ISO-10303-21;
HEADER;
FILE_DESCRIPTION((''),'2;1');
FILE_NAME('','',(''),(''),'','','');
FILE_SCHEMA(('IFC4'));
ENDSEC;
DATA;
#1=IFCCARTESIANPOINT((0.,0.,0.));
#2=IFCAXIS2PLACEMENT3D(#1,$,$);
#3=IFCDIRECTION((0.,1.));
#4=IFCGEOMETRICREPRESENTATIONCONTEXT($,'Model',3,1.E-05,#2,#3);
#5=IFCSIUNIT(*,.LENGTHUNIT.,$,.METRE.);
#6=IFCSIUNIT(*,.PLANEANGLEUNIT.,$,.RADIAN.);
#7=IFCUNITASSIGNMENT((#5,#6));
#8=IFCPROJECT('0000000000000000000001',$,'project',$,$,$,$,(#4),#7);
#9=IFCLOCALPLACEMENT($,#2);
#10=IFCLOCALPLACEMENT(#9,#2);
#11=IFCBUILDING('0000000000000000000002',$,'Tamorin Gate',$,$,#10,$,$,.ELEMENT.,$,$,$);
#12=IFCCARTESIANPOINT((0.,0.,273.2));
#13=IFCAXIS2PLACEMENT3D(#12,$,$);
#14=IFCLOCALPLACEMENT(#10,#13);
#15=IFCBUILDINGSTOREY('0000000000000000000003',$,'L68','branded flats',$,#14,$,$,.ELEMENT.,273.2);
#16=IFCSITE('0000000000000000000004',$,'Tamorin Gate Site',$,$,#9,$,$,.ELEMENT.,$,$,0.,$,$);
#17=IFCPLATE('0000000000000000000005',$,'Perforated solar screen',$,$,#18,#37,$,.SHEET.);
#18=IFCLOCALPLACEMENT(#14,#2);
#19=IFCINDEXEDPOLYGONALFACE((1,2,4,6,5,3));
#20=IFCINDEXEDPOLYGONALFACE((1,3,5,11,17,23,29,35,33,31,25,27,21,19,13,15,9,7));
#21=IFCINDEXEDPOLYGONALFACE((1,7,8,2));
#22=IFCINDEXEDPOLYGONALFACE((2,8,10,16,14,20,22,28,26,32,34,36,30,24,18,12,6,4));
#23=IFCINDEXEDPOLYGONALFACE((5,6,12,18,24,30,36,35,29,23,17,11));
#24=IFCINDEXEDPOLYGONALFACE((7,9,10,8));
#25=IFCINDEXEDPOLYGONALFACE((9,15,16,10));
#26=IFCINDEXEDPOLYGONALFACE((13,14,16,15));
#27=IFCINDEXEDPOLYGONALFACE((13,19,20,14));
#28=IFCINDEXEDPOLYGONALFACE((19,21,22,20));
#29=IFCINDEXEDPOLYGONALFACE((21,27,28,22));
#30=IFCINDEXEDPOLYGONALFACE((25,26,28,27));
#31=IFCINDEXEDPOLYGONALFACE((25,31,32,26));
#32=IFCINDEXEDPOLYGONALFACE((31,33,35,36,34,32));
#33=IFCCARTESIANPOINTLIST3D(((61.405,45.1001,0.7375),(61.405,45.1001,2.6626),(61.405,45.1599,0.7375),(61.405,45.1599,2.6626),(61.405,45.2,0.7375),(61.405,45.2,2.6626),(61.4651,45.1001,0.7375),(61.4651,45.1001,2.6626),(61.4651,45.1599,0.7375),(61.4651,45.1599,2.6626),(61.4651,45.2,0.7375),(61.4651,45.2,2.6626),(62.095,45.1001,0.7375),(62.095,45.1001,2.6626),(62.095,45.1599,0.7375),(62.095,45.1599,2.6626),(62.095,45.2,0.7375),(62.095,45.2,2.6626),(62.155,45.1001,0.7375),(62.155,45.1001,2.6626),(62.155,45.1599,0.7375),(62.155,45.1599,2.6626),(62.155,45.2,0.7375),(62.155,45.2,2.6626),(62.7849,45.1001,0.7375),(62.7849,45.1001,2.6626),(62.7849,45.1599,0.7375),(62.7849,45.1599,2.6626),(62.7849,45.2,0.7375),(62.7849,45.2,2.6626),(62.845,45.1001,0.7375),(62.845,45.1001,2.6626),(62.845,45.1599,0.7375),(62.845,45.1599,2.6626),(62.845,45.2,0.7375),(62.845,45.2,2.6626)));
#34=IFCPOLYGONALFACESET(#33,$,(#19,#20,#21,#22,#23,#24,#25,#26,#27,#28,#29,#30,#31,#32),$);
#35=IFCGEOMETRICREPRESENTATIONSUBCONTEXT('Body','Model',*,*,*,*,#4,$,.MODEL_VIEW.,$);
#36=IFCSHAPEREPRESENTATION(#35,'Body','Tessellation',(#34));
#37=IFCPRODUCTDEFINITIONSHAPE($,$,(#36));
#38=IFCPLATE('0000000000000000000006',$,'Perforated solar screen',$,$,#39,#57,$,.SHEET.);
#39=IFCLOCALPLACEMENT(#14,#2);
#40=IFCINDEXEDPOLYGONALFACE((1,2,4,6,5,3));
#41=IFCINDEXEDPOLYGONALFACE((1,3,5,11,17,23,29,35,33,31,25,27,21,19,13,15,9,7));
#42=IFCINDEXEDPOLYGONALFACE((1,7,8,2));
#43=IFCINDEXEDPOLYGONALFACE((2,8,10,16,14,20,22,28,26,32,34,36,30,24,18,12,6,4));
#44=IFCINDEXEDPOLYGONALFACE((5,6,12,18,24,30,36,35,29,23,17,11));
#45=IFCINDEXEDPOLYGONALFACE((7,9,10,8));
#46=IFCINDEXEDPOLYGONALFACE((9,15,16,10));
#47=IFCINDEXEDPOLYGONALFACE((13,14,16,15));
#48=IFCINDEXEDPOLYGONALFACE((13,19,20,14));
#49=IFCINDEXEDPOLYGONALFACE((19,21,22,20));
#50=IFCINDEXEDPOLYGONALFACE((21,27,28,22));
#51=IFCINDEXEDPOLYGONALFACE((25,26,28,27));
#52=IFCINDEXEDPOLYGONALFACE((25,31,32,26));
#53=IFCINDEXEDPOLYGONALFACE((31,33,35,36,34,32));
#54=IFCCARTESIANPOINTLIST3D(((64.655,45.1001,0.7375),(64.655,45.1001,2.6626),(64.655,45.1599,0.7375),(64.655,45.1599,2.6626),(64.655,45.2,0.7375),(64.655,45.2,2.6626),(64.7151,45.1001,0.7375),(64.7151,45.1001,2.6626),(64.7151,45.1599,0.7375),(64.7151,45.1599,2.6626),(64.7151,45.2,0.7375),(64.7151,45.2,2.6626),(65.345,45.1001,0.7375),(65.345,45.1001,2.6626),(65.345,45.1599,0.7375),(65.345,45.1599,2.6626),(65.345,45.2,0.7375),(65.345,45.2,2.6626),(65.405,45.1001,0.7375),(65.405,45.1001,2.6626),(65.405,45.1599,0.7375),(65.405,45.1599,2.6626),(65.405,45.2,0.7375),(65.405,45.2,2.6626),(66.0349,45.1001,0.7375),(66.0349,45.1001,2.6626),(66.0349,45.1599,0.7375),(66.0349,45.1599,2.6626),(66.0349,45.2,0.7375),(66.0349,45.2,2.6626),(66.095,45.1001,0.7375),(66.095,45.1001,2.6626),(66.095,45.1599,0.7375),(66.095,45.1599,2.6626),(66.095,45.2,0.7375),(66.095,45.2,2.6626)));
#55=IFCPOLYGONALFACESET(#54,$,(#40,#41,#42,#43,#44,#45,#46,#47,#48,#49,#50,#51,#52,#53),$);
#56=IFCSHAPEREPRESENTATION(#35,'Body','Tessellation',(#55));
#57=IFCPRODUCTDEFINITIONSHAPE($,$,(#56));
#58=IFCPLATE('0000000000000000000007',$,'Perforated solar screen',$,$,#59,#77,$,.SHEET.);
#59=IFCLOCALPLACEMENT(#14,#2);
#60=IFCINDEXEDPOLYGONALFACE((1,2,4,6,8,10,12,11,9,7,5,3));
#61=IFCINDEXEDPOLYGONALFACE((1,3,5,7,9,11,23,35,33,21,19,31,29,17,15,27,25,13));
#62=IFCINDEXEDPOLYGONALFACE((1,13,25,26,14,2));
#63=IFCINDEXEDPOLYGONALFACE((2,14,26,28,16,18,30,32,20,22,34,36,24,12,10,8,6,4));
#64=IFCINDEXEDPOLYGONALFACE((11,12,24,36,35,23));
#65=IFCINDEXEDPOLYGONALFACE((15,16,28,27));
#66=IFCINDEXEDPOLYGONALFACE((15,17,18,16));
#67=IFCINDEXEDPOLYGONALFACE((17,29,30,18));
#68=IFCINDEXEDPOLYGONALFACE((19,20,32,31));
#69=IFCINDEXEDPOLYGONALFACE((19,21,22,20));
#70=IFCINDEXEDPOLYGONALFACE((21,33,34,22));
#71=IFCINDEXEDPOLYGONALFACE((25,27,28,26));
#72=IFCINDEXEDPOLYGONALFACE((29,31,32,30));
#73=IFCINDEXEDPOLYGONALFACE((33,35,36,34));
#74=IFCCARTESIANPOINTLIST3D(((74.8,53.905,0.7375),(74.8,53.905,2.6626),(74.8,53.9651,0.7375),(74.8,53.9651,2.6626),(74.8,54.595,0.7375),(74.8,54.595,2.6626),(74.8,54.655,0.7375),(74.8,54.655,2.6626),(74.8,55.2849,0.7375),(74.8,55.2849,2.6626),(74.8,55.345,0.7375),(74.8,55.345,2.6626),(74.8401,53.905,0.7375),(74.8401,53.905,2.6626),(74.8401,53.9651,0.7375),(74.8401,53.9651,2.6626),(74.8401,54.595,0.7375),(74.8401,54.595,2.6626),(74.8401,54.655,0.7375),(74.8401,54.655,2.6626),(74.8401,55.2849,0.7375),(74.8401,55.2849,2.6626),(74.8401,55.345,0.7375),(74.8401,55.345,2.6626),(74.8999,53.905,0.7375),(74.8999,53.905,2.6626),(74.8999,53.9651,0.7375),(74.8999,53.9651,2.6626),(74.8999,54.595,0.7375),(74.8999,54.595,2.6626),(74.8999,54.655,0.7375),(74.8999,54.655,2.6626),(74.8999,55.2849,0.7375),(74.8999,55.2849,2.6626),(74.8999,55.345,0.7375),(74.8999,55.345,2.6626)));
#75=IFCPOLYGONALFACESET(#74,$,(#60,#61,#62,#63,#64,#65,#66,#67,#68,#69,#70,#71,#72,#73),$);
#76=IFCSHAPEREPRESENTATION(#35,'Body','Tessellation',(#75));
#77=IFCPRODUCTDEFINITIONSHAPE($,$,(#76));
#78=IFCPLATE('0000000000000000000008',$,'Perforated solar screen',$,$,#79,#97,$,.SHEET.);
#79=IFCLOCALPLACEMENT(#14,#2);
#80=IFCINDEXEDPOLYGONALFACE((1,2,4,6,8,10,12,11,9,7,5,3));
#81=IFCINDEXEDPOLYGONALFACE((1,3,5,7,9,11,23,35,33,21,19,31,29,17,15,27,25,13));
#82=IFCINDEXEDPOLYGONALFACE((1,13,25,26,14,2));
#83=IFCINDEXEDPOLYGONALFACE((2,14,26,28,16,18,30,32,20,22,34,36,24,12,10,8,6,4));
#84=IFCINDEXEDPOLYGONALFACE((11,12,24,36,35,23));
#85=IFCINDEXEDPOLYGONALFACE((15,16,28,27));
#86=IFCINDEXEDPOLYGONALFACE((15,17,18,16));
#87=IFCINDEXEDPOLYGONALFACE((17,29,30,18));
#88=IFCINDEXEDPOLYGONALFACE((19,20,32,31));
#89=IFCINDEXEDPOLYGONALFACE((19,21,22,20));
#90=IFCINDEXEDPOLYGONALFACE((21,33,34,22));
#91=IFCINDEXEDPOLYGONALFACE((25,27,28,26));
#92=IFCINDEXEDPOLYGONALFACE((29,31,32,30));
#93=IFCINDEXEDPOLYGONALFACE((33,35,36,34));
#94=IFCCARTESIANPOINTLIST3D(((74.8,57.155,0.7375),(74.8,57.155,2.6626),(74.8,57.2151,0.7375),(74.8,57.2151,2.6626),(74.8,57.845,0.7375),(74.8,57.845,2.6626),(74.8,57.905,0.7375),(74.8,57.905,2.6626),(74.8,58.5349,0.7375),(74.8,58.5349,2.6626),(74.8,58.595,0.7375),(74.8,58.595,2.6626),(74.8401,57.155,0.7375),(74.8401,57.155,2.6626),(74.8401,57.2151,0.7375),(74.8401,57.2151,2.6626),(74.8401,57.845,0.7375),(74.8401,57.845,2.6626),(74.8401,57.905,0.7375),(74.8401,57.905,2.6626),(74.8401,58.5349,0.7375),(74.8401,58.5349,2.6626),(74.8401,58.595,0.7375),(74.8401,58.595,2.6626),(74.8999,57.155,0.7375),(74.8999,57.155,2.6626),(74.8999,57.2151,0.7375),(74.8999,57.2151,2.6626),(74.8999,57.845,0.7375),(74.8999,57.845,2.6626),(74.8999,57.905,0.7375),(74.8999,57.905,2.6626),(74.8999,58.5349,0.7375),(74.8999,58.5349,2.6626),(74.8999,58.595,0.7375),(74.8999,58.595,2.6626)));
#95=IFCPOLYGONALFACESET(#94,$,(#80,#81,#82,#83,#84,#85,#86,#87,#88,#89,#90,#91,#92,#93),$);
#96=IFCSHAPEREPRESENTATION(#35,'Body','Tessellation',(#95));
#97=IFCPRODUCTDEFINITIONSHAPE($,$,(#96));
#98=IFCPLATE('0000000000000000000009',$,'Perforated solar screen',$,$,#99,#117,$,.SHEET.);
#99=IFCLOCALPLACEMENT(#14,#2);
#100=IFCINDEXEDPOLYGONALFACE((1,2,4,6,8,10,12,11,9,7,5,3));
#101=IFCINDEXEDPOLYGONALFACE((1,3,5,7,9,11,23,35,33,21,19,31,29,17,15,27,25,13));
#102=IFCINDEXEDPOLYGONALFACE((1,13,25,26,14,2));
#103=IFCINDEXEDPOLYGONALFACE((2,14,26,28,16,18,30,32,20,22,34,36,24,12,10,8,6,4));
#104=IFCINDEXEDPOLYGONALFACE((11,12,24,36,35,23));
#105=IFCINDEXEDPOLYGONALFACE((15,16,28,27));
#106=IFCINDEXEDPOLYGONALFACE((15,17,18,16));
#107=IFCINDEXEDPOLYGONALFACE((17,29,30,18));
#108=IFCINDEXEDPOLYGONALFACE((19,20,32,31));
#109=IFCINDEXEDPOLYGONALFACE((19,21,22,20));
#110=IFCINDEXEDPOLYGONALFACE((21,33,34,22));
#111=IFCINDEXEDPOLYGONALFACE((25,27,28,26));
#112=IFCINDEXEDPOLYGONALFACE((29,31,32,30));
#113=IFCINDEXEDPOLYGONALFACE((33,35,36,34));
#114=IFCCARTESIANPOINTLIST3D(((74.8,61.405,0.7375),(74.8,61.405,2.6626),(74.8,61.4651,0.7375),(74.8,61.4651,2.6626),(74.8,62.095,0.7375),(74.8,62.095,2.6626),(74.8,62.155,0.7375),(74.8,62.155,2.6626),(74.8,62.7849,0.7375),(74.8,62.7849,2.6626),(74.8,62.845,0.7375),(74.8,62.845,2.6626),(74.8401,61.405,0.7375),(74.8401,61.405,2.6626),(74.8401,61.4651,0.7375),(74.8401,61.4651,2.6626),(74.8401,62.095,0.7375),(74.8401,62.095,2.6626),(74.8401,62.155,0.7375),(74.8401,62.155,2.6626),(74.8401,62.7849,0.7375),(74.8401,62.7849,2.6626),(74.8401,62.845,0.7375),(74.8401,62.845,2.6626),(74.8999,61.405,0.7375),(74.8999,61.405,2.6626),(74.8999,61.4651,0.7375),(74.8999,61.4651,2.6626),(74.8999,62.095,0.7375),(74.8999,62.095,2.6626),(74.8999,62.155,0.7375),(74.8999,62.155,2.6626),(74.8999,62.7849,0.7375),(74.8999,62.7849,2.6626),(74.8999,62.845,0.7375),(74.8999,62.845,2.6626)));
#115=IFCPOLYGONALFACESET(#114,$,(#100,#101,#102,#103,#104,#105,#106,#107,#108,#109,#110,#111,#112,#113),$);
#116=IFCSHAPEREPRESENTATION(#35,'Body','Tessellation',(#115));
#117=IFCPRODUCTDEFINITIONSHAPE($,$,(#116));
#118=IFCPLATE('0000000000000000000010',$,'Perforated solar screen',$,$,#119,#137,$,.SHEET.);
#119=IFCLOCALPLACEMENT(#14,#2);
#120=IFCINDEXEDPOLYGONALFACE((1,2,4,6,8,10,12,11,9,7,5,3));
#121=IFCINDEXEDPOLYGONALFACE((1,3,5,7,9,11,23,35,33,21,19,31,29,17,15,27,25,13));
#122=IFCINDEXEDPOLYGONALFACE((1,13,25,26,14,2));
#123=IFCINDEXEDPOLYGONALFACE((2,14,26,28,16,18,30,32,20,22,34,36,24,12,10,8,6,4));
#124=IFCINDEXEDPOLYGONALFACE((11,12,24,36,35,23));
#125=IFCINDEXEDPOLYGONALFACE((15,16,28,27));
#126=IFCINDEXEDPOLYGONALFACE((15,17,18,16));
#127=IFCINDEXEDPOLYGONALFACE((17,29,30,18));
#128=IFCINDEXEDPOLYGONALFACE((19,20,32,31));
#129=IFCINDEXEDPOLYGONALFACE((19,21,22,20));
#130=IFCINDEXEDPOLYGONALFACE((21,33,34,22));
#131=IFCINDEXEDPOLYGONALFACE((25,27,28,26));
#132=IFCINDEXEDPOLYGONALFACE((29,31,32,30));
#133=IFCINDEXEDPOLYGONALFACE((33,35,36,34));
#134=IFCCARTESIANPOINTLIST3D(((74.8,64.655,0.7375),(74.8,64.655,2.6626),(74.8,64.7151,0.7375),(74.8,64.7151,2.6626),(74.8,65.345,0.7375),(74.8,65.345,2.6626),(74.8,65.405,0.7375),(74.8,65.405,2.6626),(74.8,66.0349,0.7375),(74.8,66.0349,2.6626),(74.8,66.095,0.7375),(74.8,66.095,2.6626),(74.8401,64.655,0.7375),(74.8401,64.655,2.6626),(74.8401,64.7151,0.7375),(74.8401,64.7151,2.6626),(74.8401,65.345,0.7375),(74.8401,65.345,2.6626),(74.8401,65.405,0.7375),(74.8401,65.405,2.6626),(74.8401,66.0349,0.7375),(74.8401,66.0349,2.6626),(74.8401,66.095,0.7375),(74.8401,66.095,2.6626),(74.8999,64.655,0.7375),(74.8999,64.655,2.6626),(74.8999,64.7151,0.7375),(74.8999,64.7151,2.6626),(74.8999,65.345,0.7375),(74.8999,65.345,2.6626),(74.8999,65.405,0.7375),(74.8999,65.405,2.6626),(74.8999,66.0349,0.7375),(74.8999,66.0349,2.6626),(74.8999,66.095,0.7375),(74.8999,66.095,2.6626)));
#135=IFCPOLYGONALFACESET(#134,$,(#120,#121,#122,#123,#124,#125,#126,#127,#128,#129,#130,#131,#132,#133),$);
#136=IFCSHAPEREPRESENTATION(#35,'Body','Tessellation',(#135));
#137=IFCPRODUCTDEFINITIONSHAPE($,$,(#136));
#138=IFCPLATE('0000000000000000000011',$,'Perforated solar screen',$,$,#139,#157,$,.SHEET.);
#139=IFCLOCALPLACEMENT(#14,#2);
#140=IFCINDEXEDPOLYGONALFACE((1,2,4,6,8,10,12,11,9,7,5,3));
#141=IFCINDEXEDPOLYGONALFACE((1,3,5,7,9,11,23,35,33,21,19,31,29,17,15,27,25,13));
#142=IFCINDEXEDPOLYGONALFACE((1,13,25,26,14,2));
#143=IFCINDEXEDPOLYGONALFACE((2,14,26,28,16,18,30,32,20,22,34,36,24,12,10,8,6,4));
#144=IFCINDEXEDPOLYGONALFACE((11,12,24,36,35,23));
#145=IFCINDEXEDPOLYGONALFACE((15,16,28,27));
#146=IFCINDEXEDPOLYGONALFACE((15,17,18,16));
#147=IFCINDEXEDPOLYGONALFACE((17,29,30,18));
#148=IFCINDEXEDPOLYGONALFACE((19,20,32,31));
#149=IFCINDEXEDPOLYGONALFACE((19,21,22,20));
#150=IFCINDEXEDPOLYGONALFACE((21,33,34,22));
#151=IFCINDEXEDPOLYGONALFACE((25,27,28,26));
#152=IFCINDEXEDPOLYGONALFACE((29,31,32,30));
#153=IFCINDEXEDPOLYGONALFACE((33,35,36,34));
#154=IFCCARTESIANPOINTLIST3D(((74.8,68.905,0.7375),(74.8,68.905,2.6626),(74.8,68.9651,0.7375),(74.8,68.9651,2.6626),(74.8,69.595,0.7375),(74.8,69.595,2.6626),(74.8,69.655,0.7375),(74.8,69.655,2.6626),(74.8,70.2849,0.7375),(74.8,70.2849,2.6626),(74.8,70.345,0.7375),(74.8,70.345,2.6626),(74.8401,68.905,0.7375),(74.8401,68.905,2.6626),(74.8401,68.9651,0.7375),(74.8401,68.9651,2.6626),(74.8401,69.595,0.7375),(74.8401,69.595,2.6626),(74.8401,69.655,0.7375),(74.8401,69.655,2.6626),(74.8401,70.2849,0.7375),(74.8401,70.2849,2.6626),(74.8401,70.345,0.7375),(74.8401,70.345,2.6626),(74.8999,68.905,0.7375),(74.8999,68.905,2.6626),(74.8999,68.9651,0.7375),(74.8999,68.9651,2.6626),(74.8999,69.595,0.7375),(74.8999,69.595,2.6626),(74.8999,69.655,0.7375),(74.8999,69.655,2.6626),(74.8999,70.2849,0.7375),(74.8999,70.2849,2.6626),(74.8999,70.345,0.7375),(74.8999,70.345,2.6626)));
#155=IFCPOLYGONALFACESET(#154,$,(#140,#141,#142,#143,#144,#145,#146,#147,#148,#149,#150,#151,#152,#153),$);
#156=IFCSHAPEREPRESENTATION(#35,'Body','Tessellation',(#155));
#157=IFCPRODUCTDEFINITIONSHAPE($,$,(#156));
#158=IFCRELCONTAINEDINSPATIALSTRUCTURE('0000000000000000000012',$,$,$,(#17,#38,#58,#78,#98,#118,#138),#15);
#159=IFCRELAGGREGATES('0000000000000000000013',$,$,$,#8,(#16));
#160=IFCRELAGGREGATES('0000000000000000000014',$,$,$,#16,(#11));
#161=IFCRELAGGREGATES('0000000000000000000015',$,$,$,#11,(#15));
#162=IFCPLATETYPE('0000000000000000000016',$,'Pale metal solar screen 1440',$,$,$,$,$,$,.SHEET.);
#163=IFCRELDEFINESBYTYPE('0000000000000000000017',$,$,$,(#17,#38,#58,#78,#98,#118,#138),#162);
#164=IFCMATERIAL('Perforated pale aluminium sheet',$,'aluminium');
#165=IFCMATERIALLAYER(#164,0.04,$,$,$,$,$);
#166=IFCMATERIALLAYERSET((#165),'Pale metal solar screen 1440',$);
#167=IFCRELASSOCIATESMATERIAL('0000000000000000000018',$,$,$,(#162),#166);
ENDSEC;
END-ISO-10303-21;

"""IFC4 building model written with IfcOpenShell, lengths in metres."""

from ifc_helpers import new_model, si_unit, direction, frame, origin, place, context, subcontext, project, spatial, polyline, outline, extrude, material, layer, layer_set, type_object, element, save


model = new_model("IFC4")

# Units and contexts
model_context = context("Model", 3, precision=1e-05, world=origin(), true_north=direction((0.0, 1.0)))
body_context = subcontext(model_context, "Body", "Model", "MODEL_VIEW")
ifc_project = project(units=[si_unit("LENGTHUNIT", "METRE"), si_unit("PLANEANGLEUNIT", "RADIAN")], contexts=[model_context])

# Site, building, storey
site_placement = place(None, origin())
site = spatial("IfcSite", under=ifc_project, at=site_placement, Name="Tamorin Gate Site", CompositionType="ELEMENT", RefElevation=0.0)
building_placement = place(site_placement, origin())
building = spatial("IfcBuilding", under=site, at=building_placement, Name="Tamorin Gate", CompositionType="ELEMENT")
storey_placement = place(building_placement, frame((0.0, 0.0, 273.2)))
storey = spatial("IfcBuildingStorey", under=building, at=storey_placement, Name="L68", Description="branded flats", CompositionType="ELEMENT", Elevation=273.2)

# Plates
ifc_material_1 = material(Name="Perforated pale aluminium sheet", Category="aluminium")
ifc_layer_1 = layer(ifc_material_1, 0.04)
ifc_layer_set_1 = layer_set([ifc_layer_1], Name="Pale metal solar screen 1440")
plate_type = type_object("IfcPlateType", Name="Pale metal solar screen 1440", PredefinedType="SHEET", material=ifc_layer_set_1)
plate_1_placement = place(storey_placement, frame((0.0, 0.0, 0.7375)))
element("IfcPlate", 1, at=plate_1_placement, inside=storey, type_object=plate_type, Name="Perforated solar screen", PredefinedType="SHEET", context=body_context, shape_type="SweptSolid", body=[
    extrude(outline(polyline([(61.405, 45.1599), (61.405, 45.2), (61.4651, 45.2), (62.095, 45.2), (62.155, 45.2), (62.7849, 45.2), (62.845, 45.2), (62.845, 45.1599), (62.845, 45.1001), (62.7849, 45.1001), (62.7849, 45.1599), (62.155, 45.1599), (62.155, 45.1001), (62.095, 45.1001), (62.095, 45.1599), (61.4651, 45.1599), (61.4651, 45.1001), (61.405, 45.1001), (61.405, 45.1599)])), origin(), (0.0, 0.0, 1.0), 1.925),
])
plate_2_placement = place(storey_placement, frame((0.0, 0.0, 0.7375)))
element("IfcPlate", 2, at=plate_2_placement, inside=storey, type_object=plate_type, Name="Perforated solar screen", PredefinedType="SHEET", context=body_context, shape_type="SweptSolid", body=[
    extrude(outline(polyline([(64.655, 45.1599), (64.655, 45.2), (64.7151, 45.2), (65.345, 45.2), (65.405, 45.2), (66.0349, 45.2), (66.095, 45.2), (66.095, 45.1599), (66.095, 45.1001), (66.0349, 45.1001), (66.0349, 45.1599), (65.405, 45.1599), (65.405, 45.1001), (65.345, 45.1001), (65.345, 45.1599), (64.7151, 45.1599), (64.7151, 45.1001), (64.655, 45.1001), (64.655, 45.1599)])), origin(), (0.0, 0.0, 1.0), 1.925),
])
plate_3_placement = place(storey_placement, frame((0.0, 0.0, 0.7375)))
element("IfcPlate", 3, at=plate_3_placement, inside=storey, type_object=plate_type, Name="Perforated solar screen", PredefinedType="SHEET", context=body_context, shape_type="SweptSolid", body=[
    extrude(outline(polyline([(74.8401, 53.905), (74.8, 53.905), (74.8, 53.9651), (74.8, 54.595), (74.8, 54.655), (74.8, 55.2849), (74.8, 55.345), (74.8, 55.345), (74.8401, 55.345), (74.8401, 55.345), (74.8999, 55.345), (74.8999, 55.2849), (74.8401, 55.2849), (74.8401, 54.655), (74.8999, 54.655), (74.8999, 54.595), (74.8401, 54.595), (74.8401, 53.9651), (74.8999, 53.9651), (74.8999, 53.905), (74.8401, 53.905)])), origin(), (0.0, 0.0, 1.0), 1.925),
])
plate_4_placement = place(storey_placement, frame((0.0, 0.0, 0.7375)))
element("IfcPlate", 4, at=plate_4_placement, inside=storey, type_object=plate_type, Name="Perforated solar screen", PredefinedType="SHEET", context=body_context, shape_type="SweptSolid", body=[
    extrude(outline(polyline([(74.8401, 57.155), (74.8, 57.155), (74.8, 57.2151), (74.8, 57.845), (74.8, 57.905), (74.8, 58.5349), (74.8, 58.595), (74.8, 58.595), (74.8401, 58.595), (74.8401, 58.595), (74.8999, 58.595), (74.8999, 58.5349), (74.8401, 58.5349), (74.8401, 57.905), (74.8999, 57.905), (74.8999, 57.845), (74.8401, 57.845), (74.8401, 57.2151), (74.8999, 57.2151), (74.8999, 57.155), (74.8401, 57.155)])), origin(), (0.0, 0.0, 1.0), 1.925),
])
plate_5_placement = place(storey_placement, frame((0.0, 0.0, 0.7375)))
element("IfcPlate", 5, at=plate_5_placement, inside=storey, type_object=plate_type, Name="Perforated solar screen", PredefinedType="SHEET", context=body_context, shape_type="SweptSolid", body=[
    extrude(outline(polyline([(74.8401, 61.405), (74.8, 61.405), (74.8, 61.4651), (74.8, 62.095), (74.8, 62.155), (74.8, 62.7849), (74.8, 62.845), (74.8401, 62.845), (74.8999, 62.845), (74.8999, 62.7849), (74.8401, 62.7849), (74.8401, 62.155), (74.8999, 62.155), (74.8999, 62.095), (74.8401, 62.095), (74.8401, 61.4651), (74.8999, 61.4651), (74.8999, 61.405), (74.8401, 61.405)])), origin(), (0.0, 0.0, 1.0), 1.925),
])
plate_6_placement = place(storey_placement, frame((0.0, 0.0, 0.7375)))
element("IfcPlate", 6, at=plate_6_placement, inside=storey, type_object=plate_type, Name="Perforated solar screen", PredefinedType="SHEET", context=body_context, shape_type="SweptSolid", body=[
    extrude(outline(polyline([(74.8401, 64.655), (74.8, 64.655), (74.8, 64.7151), (74.8, 65.345), (74.8, 65.405), (74.8, 66.0349), (74.8, 66.095), (74.8401, 66.095), (74.8999, 66.095), (74.8999, 66.0349), (74.8401, 66.0349), (74.8401, 65.405), (74.8999, 65.405), (74.8999, 65.345), (74.8401, 65.345), (74.8401, 64.7151), (74.8999, 64.7151), (74.8999, 64.655), (74.8401, 64.655)])), origin(), (0.0, 0.0, 1.0), 1.925),
])
plate_7_placement = place(storey_placement, frame((0.0, 0.0, 0.7375)))
element("IfcPlate", 7, at=plate_7_placement, inside=storey, type_object=plate_type, Name="Perforated solar screen", PredefinedType="SHEET", context=body_context, shape_type="SweptSolid", body=[
    extrude(outline(polyline([(74.8401, 68.905), (74.8, 68.905), (74.8, 68.9651), (74.8, 69.595), (74.8, 69.655), (74.8, 70.2849), (74.8, 70.345), (74.8401, 70.345), (74.8999, 70.345), (74.8999, 70.2849), (74.8401, 70.2849), (74.8401, 69.655), (74.8999, 69.655), (74.8999, 69.595), (74.8401, 69.595), (74.8401, 68.9651), (74.8999, 68.9651), (74.8999, 68.905), (74.8401, 68.905)])), origin(), (0.0, 0.0, 1.0), 1.925),
])

save(model, "model.ifc")
